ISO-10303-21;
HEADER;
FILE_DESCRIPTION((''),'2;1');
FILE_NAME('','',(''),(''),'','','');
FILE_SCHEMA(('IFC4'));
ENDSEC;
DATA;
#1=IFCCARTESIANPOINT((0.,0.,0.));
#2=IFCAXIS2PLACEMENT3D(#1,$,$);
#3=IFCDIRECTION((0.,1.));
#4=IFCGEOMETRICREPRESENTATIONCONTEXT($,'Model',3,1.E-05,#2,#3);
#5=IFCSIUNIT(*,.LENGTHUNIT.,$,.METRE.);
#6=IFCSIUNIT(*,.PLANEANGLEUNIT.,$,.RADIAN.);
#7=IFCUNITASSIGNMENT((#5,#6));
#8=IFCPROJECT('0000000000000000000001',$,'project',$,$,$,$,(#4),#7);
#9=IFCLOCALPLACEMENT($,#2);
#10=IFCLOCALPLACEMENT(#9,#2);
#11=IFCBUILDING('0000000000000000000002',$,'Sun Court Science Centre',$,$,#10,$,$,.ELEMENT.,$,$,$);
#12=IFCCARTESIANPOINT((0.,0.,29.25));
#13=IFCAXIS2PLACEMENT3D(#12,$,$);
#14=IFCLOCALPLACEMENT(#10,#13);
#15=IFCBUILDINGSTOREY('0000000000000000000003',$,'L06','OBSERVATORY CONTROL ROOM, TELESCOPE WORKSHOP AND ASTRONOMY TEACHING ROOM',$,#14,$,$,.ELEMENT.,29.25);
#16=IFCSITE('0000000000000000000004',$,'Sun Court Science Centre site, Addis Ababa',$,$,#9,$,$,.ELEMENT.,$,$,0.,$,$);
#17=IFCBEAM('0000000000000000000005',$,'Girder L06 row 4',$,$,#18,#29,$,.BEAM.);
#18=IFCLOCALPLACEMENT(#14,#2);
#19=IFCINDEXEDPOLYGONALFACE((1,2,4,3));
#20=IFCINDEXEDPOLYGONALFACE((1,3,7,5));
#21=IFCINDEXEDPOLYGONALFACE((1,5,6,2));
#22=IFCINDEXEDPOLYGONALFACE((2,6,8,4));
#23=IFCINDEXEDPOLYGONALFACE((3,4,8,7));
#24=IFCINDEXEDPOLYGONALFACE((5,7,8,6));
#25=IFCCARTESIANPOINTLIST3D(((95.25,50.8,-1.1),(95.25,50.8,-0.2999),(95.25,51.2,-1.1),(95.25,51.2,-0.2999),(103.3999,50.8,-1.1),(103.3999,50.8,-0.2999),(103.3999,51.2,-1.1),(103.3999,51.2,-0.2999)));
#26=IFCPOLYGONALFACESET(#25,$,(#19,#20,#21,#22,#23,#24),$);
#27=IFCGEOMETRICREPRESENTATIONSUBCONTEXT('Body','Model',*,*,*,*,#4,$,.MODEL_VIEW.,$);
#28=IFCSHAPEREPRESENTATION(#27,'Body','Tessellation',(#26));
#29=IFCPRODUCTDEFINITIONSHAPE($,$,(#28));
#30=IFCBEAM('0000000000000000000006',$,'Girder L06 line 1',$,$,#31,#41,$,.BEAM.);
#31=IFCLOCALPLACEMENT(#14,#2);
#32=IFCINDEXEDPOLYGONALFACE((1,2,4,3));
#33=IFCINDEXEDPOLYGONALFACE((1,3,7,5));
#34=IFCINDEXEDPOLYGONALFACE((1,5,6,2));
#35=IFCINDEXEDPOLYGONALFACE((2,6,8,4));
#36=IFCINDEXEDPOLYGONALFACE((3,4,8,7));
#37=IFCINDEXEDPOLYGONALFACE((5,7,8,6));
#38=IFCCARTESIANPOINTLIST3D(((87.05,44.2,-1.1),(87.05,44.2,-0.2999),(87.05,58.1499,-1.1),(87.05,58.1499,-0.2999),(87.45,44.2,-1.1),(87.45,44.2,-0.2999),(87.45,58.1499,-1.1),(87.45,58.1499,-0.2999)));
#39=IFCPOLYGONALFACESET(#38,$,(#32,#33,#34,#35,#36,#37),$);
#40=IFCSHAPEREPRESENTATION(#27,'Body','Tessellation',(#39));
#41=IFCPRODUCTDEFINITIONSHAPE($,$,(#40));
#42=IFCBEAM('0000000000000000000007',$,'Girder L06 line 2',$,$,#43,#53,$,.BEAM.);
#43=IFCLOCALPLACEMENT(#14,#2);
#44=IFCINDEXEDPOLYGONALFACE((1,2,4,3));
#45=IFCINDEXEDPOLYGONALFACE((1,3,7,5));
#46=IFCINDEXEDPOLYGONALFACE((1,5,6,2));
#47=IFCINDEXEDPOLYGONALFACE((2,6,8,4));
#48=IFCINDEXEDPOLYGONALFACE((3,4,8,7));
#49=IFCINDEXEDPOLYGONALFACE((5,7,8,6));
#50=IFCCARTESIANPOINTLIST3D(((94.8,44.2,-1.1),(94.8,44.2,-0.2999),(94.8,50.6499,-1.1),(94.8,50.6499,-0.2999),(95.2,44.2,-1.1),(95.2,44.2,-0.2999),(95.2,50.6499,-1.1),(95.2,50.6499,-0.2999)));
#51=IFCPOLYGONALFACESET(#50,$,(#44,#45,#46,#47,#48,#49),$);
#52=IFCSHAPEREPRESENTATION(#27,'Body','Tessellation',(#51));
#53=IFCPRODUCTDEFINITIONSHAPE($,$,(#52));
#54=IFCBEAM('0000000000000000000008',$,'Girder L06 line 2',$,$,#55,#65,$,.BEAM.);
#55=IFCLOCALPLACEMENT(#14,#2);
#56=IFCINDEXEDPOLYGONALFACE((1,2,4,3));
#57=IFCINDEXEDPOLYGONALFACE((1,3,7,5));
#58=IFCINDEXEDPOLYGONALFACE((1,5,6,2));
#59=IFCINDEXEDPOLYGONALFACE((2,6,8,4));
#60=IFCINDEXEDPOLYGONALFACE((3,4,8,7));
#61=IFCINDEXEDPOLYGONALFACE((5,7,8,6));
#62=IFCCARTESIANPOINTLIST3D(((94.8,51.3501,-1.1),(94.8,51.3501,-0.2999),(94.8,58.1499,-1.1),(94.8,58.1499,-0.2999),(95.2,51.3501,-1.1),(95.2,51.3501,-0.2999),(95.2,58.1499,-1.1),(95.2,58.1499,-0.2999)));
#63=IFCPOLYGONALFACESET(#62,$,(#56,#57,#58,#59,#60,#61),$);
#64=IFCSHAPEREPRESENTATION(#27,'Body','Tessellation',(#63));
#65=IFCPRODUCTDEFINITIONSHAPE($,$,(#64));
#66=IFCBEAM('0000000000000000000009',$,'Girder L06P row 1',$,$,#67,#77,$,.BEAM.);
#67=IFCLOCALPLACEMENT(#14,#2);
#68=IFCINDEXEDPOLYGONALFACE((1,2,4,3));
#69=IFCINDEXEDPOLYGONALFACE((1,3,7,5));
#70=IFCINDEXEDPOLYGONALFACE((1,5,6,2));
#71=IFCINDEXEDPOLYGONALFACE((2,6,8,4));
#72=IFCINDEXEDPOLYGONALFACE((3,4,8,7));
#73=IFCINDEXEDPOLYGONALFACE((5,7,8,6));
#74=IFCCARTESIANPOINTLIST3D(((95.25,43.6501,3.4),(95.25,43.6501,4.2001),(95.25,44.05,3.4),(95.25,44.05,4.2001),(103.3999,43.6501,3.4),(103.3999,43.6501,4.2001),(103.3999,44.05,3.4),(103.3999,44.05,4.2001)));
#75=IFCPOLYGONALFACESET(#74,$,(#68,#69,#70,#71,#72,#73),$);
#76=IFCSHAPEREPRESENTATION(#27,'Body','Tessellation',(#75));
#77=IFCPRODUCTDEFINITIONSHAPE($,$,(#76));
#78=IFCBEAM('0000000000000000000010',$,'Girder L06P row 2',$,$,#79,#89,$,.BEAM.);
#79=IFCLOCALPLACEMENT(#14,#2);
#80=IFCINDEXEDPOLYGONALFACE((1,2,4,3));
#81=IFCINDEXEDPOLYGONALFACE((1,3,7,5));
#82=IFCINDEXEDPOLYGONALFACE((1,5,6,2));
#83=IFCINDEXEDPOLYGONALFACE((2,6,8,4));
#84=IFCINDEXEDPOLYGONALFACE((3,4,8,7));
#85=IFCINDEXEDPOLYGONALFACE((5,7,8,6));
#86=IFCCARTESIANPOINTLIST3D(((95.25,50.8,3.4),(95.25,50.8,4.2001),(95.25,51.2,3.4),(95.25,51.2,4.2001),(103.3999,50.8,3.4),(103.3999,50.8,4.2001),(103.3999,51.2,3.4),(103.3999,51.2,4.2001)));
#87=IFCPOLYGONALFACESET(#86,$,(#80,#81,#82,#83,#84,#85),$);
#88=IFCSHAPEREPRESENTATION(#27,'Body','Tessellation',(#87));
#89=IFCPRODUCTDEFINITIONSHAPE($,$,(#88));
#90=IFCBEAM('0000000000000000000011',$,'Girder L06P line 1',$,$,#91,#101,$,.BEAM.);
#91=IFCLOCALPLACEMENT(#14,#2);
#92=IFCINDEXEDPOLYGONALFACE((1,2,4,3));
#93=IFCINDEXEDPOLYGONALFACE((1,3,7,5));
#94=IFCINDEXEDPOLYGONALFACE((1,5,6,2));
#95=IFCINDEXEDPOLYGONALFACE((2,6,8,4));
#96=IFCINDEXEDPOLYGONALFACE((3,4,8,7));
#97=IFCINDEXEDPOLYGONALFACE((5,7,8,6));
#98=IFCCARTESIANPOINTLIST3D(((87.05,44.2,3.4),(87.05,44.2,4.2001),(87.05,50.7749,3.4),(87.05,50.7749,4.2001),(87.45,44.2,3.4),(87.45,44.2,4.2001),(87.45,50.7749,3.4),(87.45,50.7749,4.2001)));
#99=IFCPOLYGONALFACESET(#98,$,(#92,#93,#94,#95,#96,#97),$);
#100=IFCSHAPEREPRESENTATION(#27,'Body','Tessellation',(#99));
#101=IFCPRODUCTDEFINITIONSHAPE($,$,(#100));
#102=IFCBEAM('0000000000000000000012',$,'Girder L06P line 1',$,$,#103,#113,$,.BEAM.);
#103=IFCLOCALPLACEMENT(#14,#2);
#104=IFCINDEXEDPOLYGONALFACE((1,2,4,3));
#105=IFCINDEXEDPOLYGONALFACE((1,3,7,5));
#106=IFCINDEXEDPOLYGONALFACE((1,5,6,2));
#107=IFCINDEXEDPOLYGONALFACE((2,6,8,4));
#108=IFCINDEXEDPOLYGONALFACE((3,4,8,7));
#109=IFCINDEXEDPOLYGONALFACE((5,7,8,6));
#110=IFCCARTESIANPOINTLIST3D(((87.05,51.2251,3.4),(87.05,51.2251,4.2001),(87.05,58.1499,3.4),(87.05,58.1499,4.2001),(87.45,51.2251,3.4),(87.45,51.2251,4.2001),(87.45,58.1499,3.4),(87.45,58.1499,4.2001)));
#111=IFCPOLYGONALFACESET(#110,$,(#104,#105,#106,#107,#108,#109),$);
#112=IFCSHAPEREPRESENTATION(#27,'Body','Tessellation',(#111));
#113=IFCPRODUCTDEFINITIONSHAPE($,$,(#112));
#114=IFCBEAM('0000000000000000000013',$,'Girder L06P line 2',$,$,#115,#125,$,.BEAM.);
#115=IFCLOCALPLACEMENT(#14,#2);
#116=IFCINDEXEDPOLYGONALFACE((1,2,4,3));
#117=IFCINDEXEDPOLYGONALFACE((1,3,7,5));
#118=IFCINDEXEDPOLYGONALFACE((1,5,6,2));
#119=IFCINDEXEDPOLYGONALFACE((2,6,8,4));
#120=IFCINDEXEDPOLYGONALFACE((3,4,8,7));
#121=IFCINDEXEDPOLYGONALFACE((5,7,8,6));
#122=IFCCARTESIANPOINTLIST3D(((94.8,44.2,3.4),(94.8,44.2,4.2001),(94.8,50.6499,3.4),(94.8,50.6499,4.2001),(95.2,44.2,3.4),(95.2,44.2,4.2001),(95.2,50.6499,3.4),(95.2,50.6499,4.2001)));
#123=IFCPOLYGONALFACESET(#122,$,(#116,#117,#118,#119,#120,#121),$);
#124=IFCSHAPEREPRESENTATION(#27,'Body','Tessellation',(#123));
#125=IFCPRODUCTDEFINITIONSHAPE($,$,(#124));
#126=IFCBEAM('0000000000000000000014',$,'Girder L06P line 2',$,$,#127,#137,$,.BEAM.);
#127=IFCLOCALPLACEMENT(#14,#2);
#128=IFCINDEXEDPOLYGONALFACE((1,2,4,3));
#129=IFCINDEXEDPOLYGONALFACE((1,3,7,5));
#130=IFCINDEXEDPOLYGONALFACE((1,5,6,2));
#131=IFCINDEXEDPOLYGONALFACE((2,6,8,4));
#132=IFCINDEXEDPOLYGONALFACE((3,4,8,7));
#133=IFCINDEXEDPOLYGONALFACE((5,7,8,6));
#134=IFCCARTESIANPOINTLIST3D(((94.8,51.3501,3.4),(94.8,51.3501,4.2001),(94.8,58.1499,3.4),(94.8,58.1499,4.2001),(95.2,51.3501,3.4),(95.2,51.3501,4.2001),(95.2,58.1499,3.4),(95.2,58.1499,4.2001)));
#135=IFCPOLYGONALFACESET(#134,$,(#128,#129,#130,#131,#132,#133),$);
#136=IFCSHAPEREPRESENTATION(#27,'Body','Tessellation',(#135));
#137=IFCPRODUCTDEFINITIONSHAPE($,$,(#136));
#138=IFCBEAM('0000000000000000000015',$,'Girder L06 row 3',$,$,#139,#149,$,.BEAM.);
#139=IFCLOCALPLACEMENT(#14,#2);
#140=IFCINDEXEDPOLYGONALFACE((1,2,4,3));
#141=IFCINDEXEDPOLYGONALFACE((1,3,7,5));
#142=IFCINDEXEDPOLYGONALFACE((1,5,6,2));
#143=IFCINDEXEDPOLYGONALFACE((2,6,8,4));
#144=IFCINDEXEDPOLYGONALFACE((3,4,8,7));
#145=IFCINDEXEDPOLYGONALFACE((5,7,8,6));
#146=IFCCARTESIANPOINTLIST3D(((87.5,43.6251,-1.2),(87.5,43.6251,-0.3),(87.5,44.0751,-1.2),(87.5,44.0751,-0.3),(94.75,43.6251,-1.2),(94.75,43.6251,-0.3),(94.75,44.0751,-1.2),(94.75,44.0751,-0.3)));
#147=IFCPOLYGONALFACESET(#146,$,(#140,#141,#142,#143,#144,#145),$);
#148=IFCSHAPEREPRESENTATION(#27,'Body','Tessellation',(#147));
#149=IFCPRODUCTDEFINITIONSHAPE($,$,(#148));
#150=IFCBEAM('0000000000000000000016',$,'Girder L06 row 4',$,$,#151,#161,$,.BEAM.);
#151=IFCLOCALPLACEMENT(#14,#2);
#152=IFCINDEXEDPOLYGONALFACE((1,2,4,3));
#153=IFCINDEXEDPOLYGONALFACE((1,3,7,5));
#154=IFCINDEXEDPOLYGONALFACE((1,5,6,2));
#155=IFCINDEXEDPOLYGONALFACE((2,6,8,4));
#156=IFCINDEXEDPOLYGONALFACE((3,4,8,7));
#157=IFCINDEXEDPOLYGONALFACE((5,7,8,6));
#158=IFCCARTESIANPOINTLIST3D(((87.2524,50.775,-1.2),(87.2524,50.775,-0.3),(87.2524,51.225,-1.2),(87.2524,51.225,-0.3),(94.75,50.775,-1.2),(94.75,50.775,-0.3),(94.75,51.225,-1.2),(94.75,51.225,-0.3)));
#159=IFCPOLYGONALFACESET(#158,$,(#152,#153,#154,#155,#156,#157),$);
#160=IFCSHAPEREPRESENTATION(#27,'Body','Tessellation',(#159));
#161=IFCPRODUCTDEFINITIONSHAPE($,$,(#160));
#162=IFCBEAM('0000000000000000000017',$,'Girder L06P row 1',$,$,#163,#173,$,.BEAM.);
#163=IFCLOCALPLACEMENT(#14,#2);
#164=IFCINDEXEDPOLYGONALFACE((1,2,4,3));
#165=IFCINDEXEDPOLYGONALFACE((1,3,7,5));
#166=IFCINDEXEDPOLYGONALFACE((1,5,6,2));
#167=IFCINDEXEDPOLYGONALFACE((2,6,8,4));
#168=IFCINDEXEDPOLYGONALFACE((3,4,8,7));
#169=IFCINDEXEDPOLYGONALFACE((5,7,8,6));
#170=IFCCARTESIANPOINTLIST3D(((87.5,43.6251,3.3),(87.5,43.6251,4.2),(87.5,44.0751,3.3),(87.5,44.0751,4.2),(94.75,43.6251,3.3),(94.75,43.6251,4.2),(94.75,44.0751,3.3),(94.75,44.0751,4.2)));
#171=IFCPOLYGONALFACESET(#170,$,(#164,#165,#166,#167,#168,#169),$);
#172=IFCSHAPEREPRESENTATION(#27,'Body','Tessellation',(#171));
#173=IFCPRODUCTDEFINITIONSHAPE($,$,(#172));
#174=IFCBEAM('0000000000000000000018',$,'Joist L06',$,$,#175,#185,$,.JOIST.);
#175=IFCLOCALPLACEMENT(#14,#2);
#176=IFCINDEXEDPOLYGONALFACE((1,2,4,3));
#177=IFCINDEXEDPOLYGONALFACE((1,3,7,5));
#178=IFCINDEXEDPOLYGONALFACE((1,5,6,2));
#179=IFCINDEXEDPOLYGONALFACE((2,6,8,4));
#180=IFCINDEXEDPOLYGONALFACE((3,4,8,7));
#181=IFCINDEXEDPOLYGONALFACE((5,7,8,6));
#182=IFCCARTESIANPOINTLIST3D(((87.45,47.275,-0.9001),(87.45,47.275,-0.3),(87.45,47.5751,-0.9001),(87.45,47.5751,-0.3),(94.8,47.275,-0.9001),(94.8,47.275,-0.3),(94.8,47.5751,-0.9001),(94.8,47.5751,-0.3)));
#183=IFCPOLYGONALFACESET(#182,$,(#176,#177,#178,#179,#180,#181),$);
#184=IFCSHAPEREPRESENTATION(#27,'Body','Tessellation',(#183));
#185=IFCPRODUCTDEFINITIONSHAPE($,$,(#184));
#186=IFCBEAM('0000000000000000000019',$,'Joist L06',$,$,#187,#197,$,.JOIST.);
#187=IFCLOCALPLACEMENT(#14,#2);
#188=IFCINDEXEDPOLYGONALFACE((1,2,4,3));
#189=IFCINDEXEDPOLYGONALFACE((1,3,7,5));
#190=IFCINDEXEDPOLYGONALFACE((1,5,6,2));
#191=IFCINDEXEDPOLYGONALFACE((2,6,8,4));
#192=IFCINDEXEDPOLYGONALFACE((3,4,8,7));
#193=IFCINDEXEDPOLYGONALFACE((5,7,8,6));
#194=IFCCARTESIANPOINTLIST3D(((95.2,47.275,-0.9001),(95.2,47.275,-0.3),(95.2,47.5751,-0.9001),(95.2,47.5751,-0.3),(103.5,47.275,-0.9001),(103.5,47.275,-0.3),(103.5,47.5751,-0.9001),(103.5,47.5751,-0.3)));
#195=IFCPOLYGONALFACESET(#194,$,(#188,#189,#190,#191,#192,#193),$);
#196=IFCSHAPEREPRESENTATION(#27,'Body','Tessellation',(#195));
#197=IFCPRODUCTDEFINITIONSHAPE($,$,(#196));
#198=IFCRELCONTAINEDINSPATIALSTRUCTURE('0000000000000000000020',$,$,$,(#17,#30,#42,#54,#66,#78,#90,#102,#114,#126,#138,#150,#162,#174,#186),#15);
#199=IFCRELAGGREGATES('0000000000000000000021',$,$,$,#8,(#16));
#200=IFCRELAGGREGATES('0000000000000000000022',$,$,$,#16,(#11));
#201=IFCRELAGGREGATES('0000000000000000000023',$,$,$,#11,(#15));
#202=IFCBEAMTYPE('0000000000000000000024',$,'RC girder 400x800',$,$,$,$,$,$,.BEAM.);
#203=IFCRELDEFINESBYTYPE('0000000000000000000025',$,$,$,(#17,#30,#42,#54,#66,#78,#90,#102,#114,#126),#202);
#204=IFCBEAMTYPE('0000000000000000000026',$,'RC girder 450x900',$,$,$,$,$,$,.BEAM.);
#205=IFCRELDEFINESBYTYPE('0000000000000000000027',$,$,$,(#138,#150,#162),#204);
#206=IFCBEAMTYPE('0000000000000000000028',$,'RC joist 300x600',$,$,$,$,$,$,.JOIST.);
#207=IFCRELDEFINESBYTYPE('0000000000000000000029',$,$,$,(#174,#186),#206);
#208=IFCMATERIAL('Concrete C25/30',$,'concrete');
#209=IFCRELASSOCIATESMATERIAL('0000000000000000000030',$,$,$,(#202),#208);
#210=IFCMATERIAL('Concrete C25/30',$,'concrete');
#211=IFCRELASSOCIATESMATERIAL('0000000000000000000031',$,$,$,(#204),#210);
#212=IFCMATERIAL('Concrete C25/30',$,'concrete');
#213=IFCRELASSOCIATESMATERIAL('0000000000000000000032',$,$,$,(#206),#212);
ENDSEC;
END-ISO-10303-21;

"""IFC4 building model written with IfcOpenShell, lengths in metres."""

from ifc_helpers import new_model, si_unit, direction, frame, origin, origin_2d, place, context, subcontext, project, spatial, rectangle, extrude, material, material_profile, profile_set, type_object, element, save


model = new_model("IFC4")

# Units and contexts
model_context = context("Model", 3, precision=1e-05, world=origin(), true_north=direction((0.0, 1.0)))
body_context = subcontext(model_context, "Body", "Model", "MODEL_VIEW")
ifc_project = project(units=[si_unit("LENGTHUNIT", "METRE"), si_unit("PLANEANGLEUNIT", "RADIAN")], contexts=[model_context])

# Site, building, storey
site_placement = place(None, origin())
site = spatial("IfcSite", under=ifc_project, at=site_placement, Name="Sun Court Science Centre site, Addis Ababa", CompositionType="ELEMENT", RefElevation=0.0)
building_placement = place(site_placement, origin())
building = spatial("IfcBuilding", under=site, at=building_placement, Name="Sun Court Science Centre", CompositionType="ELEMENT")
storey_placement = place(building_placement, frame((0.0, 0.0, 29.25)))
storey = spatial("IfcBuildingStorey", under=building, at=storey_placement, Name="L06", Description="OBSERVATORY CONTROL ROOM, TELESCOPE WORKSHOP AND ASTRONOMY TEACHING ROOM", CompositionType="ELEMENT", Elevation=29.25)

# Beams
ifc_material_1 = material(Name="Concrete C25/30", Category="concrete")
ifc_material_profile_1 = material_profile(ifc_material_1, rectangle(XDim=0.3999, YDim=0.8, at=origin_2d()), Name="RC 400x800")
ifc_profile_set_1 = profile_set([ifc_material_profile_1], Name="Concrete C25/30")
beam_type_1 = type_object("IfcBeamType", Name="RC girder 400x800", PredefinedType="BEAM", material=ifc_profile_set_1)
for number, where, z_axis, x_axis, name in (
    (1, (95.25, 51.0, -0.7), (1.0, 0.0, 0.0), (0.0, 1.0, 0.0), "Girder L06 row 4"),
):
    element("IfcBeam", number, at=place(storey_placement, frame(where, z_axis=z_axis, x_axis=x_axis)), inside=storey, type_object=beam_type_1, Name=name, PredefinedType="BEAM", context=body_context, shape_type="SweptSolid", body=[
        extrude(rectangle(XDim=0.3999, YDim=0.8, at=origin_2d()), origin(), (0.0, 0.0, 1.0), 8.1499),
    ])
beam_1_placement = place(storey_placement, frame((87.25, 44.2, -0.7), z_axis=(0.0, 1.0, 0.0), x_axis=(-1.0, 0.0, 0.0)))
element("IfcBeam", 2, at=beam_1_placement, inside=storey, type_object=beam_type_1, Name="Girder L06 line 1", PredefinedType="BEAM", context=body_context, shape_type="SweptSolid", body=[
    extrude(rectangle(XDim=0.3999, YDim=0.8, at=origin_2d()), origin(), (0.0, 0.0, 1.0), 13.95),
])
beam_2_placement = place(storey_placement, frame((95.0, 44.2, -0.7), z_axis=(0.0, 1.0, 0.0), x_axis=(-1.0, 0.0, 0.0)))
element("IfcBeam", 3, at=beam_2_placement, inside=storey, type_object=beam_type_1, Name="Girder L06 line 2", PredefinedType="BEAM", context=body_context, shape_type="SweptSolid", body=[
    extrude(rectangle(XDim=0.3999, YDim=0.8, at=origin_2d()), origin(), (0.0, 0.0, 1.0), 6.45),
])
beam_3_placement = place(storey_placement, frame((95.0, 51.3501, -0.7), z_axis=(0.0, 1.0, 0.0), x_axis=(-1.0, 0.0, 0.0)))
element("IfcBeam", 4, at=beam_3_placement, inside=storey, type_object=beam_type_1, Name="Girder L06 line 2", PredefinedType="BEAM", context=body_context, shape_type="SweptSolid", body=[
    extrude(rectangle(XDim=0.3999, YDim=0.8, at=origin_2d()), origin(), (0.0, 0.0, 1.0), 6.7998),
])
for number, where, z_axis, x_axis, name in (
    (5, (95.25, 43.8501, 3.8), (1.0, 0.0, 0.0), (0.0, 1.0, 0.0), "Girder L06P row 1"),
    (6, (95.25, 51.0, 3.8), (1.0, 0.0, 0.0), (0.0, 1.0, 0.0), "Girder L06P row 2"),
):
    element("IfcBeam", number, at=place(storey_placement, frame(where, z_axis=z_axis, x_axis=x_axis)), inside=storey, type_object=beam_type_1, Name=name, PredefinedType="BEAM", context=body_context, shape_type="SweptSolid", body=[
        extrude(rectangle(XDim=0.3999, YDim=0.8, at=origin_2d()), origin(), (0.0, 0.0, 1.0), 8.1499),
    ])
beam_4_placement = place(storey_placement, frame((87.25, 44.2, 3.8), z_axis=(0.0, 1.0, 0.0), x_axis=(-1.0, 0.0, 0.0)))
element("IfcBeam", 7, at=beam_4_placement, inside=storey, type_object=beam_type_1, Name="Girder L06P line 1", PredefinedType="BEAM", context=body_context, shape_type="SweptSolid", body=[
    extrude(rectangle(XDim=0.3999, YDim=0.8, at=origin_2d()), origin(), (0.0, 0.0, 1.0), 6.575),
])
beam_5_placement = place(storey_placement, frame((87.25, 51.2251, 3.8), z_axis=(0.0, 1.0, 0.0), x_axis=(-1.0, 0.0, 0.0)))
element("IfcBeam", 8, at=beam_5_placement, inside=storey, type_object=beam_type_1, Name="Girder L06P line 1", PredefinedType="BEAM", context=body_context, shape_type="SweptSolid", body=[
    extrude(rectangle(XDim=0.3999, YDim=0.8, at=origin_2d()), origin(), (0.0, 0.0, 1.0), 6.9248),
])
beam_6_placement = place(storey_placement, frame((95.0, 44.2, 3.8), z_axis=(0.0, 1.0, 0.0), x_axis=(-1.0, 0.0, 0.0)))
element("IfcBeam", 9, at=beam_6_placement, inside=storey, type_object=beam_type_1, Name="Girder L06P line 2", PredefinedType="BEAM", context=body_context, shape_type="SweptSolid", body=[
    extrude(rectangle(XDim=0.3999, YDim=0.8, at=origin_2d()), origin(), (0.0, 0.0, 1.0), 6.45),
])
beam_7_placement = place(storey_placement, frame((95.0, 51.3501, 3.8), z_axis=(0.0, 1.0, 0.0), x_axis=(-1.0, 0.0, 0.0)))
element("IfcBeam", 10, at=beam_7_placement, inside=storey, type_object=beam_type_1, Name="Girder L06P line 2", PredefinedType="BEAM", context=body_context, shape_type="SweptSolid", body=[
    extrude(rectangle(XDim=0.3999, YDim=0.8, at=origin_2d()), origin(), (0.0, 0.0, 1.0), 6.7998),
])
ifc_material_2 = material(Name="Concrete C25/30", Category="concrete")
ifc_material_profile_2 = material_profile(ifc_material_2, rectangle(XDim=0.45, YDim=0.8999, at=origin_2d()), Name="RC 450x900")
ifc_profile_set_2 = profile_set([ifc_material_profile_2], Name="Concrete C25/30")
beam_type_2 = type_object("IfcBeamType", Name="RC girder 450x900", PredefinedType="BEAM", material=ifc_profile_set_2)
beam_8_placement = place(storey_placement, frame((87.5, 43.8501, -0.75), z_axis=(1.0, 0.0, 0.0), x_axis=(0.0, 1.0, 0.0)))
element("IfcBeam", 11, at=beam_8_placement, inside=storey, type_object=beam_type_2, Name="Girder L06 row 3", PredefinedType="BEAM", context=body_context, shape_type="SweptSolid", body=[
    extrude(rectangle(XDim=0.45, YDim=0.8999, at=origin_2d()), origin(), (0.0, 0.0, 1.0), 7.25),
])
beam_9_placement = place(storey_placement, frame((87.2524, 51.0, -0.75), z_axis=(1.0, 0.0, 0.0), x_axis=(0.0, 1.0, 0.0)))
element("IfcBeam", 12, at=beam_9_placement, inside=storey, type_object=beam_type_2, Name="Girder L06 row 4", PredefinedType="BEAM", context=body_context, shape_type="SweptSolid", body=[
    extrude(rectangle(XDim=0.45, YDim=0.8999, at=origin_2d()), origin(), (0.0, 0.0, 1.0), 7.4976),
])
beam_10_placement = place(storey_placement, frame((87.5, 43.8501, 3.75), z_axis=(1.0, 0.0, 0.0), x_axis=(0.0, 1.0, 0.0)))
element("IfcBeam", 13, at=beam_10_placement, inside=storey, type_object=beam_type_2, Name="Girder L06P row 1", PredefinedType="BEAM", context=body_context, shape_type="SweptSolid", body=[
    extrude(rectangle(XDim=0.45, YDim=0.8999, at=origin_2d()), origin(), (0.0, 0.0, 1.0), 7.25),
])
ifc_material_3 = material(Name="Concrete C25/30", Category="concrete")
ifc_material_profile_3 = material_profile(ifc_material_3, rectangle(XDim=0.3, YDim=0.6001, at=origin_2d()), Name="RC 300x600")
ifc_profile_set_3 = profile_set([ifc_material_profile_3], Name="Concrete C25/30")
beam_type_3 = type_object("IfcBeamType", Name="RC joist 300x600", PredefinedType="JOIST", material=ifc_profile_set_3)
beam_11_placement = place(storey_placement, frame((87.45, 47.425, -0.6001), z_axis=(1.0, 0.0, 0.0), x_axis=(0.0, 1.0, 0.0)))
element("IfcBeam", 14, at=beam_11_placement, inside=storey, type_object=beam_type_3, Name="Joist L06", PredefinedType="JOIST", context=body_context, shape_type="SweptSolid", body=[
    extrude(rectangle(XDim=0.3, YDim=0.6001, at=origin_2d()), origin(), (0.0, 0.0, 1.0), 7.3501),
])
beam_12_placement = place(storey_placement, frame((95.2, 47.425, -0.6001), z_axis=(1.0, 0.0, 0.0), x_axis=(0.0, 1.0, 0.0)))
element("IfcBeam", 15, at=beam_12_placement, inside=storey, type_object=beam_type_3, Name="Joist L06", PredefinedType="JOIST", context=body_context, shape_type="SweptSolid", body=[
    extrude(rectangle(XDim=0.3, YDim=0.6001, at=origin_2d()), origin(), (0.0, 0.0, 1.0), 8.3),
])

save(model, "model.ifc")
